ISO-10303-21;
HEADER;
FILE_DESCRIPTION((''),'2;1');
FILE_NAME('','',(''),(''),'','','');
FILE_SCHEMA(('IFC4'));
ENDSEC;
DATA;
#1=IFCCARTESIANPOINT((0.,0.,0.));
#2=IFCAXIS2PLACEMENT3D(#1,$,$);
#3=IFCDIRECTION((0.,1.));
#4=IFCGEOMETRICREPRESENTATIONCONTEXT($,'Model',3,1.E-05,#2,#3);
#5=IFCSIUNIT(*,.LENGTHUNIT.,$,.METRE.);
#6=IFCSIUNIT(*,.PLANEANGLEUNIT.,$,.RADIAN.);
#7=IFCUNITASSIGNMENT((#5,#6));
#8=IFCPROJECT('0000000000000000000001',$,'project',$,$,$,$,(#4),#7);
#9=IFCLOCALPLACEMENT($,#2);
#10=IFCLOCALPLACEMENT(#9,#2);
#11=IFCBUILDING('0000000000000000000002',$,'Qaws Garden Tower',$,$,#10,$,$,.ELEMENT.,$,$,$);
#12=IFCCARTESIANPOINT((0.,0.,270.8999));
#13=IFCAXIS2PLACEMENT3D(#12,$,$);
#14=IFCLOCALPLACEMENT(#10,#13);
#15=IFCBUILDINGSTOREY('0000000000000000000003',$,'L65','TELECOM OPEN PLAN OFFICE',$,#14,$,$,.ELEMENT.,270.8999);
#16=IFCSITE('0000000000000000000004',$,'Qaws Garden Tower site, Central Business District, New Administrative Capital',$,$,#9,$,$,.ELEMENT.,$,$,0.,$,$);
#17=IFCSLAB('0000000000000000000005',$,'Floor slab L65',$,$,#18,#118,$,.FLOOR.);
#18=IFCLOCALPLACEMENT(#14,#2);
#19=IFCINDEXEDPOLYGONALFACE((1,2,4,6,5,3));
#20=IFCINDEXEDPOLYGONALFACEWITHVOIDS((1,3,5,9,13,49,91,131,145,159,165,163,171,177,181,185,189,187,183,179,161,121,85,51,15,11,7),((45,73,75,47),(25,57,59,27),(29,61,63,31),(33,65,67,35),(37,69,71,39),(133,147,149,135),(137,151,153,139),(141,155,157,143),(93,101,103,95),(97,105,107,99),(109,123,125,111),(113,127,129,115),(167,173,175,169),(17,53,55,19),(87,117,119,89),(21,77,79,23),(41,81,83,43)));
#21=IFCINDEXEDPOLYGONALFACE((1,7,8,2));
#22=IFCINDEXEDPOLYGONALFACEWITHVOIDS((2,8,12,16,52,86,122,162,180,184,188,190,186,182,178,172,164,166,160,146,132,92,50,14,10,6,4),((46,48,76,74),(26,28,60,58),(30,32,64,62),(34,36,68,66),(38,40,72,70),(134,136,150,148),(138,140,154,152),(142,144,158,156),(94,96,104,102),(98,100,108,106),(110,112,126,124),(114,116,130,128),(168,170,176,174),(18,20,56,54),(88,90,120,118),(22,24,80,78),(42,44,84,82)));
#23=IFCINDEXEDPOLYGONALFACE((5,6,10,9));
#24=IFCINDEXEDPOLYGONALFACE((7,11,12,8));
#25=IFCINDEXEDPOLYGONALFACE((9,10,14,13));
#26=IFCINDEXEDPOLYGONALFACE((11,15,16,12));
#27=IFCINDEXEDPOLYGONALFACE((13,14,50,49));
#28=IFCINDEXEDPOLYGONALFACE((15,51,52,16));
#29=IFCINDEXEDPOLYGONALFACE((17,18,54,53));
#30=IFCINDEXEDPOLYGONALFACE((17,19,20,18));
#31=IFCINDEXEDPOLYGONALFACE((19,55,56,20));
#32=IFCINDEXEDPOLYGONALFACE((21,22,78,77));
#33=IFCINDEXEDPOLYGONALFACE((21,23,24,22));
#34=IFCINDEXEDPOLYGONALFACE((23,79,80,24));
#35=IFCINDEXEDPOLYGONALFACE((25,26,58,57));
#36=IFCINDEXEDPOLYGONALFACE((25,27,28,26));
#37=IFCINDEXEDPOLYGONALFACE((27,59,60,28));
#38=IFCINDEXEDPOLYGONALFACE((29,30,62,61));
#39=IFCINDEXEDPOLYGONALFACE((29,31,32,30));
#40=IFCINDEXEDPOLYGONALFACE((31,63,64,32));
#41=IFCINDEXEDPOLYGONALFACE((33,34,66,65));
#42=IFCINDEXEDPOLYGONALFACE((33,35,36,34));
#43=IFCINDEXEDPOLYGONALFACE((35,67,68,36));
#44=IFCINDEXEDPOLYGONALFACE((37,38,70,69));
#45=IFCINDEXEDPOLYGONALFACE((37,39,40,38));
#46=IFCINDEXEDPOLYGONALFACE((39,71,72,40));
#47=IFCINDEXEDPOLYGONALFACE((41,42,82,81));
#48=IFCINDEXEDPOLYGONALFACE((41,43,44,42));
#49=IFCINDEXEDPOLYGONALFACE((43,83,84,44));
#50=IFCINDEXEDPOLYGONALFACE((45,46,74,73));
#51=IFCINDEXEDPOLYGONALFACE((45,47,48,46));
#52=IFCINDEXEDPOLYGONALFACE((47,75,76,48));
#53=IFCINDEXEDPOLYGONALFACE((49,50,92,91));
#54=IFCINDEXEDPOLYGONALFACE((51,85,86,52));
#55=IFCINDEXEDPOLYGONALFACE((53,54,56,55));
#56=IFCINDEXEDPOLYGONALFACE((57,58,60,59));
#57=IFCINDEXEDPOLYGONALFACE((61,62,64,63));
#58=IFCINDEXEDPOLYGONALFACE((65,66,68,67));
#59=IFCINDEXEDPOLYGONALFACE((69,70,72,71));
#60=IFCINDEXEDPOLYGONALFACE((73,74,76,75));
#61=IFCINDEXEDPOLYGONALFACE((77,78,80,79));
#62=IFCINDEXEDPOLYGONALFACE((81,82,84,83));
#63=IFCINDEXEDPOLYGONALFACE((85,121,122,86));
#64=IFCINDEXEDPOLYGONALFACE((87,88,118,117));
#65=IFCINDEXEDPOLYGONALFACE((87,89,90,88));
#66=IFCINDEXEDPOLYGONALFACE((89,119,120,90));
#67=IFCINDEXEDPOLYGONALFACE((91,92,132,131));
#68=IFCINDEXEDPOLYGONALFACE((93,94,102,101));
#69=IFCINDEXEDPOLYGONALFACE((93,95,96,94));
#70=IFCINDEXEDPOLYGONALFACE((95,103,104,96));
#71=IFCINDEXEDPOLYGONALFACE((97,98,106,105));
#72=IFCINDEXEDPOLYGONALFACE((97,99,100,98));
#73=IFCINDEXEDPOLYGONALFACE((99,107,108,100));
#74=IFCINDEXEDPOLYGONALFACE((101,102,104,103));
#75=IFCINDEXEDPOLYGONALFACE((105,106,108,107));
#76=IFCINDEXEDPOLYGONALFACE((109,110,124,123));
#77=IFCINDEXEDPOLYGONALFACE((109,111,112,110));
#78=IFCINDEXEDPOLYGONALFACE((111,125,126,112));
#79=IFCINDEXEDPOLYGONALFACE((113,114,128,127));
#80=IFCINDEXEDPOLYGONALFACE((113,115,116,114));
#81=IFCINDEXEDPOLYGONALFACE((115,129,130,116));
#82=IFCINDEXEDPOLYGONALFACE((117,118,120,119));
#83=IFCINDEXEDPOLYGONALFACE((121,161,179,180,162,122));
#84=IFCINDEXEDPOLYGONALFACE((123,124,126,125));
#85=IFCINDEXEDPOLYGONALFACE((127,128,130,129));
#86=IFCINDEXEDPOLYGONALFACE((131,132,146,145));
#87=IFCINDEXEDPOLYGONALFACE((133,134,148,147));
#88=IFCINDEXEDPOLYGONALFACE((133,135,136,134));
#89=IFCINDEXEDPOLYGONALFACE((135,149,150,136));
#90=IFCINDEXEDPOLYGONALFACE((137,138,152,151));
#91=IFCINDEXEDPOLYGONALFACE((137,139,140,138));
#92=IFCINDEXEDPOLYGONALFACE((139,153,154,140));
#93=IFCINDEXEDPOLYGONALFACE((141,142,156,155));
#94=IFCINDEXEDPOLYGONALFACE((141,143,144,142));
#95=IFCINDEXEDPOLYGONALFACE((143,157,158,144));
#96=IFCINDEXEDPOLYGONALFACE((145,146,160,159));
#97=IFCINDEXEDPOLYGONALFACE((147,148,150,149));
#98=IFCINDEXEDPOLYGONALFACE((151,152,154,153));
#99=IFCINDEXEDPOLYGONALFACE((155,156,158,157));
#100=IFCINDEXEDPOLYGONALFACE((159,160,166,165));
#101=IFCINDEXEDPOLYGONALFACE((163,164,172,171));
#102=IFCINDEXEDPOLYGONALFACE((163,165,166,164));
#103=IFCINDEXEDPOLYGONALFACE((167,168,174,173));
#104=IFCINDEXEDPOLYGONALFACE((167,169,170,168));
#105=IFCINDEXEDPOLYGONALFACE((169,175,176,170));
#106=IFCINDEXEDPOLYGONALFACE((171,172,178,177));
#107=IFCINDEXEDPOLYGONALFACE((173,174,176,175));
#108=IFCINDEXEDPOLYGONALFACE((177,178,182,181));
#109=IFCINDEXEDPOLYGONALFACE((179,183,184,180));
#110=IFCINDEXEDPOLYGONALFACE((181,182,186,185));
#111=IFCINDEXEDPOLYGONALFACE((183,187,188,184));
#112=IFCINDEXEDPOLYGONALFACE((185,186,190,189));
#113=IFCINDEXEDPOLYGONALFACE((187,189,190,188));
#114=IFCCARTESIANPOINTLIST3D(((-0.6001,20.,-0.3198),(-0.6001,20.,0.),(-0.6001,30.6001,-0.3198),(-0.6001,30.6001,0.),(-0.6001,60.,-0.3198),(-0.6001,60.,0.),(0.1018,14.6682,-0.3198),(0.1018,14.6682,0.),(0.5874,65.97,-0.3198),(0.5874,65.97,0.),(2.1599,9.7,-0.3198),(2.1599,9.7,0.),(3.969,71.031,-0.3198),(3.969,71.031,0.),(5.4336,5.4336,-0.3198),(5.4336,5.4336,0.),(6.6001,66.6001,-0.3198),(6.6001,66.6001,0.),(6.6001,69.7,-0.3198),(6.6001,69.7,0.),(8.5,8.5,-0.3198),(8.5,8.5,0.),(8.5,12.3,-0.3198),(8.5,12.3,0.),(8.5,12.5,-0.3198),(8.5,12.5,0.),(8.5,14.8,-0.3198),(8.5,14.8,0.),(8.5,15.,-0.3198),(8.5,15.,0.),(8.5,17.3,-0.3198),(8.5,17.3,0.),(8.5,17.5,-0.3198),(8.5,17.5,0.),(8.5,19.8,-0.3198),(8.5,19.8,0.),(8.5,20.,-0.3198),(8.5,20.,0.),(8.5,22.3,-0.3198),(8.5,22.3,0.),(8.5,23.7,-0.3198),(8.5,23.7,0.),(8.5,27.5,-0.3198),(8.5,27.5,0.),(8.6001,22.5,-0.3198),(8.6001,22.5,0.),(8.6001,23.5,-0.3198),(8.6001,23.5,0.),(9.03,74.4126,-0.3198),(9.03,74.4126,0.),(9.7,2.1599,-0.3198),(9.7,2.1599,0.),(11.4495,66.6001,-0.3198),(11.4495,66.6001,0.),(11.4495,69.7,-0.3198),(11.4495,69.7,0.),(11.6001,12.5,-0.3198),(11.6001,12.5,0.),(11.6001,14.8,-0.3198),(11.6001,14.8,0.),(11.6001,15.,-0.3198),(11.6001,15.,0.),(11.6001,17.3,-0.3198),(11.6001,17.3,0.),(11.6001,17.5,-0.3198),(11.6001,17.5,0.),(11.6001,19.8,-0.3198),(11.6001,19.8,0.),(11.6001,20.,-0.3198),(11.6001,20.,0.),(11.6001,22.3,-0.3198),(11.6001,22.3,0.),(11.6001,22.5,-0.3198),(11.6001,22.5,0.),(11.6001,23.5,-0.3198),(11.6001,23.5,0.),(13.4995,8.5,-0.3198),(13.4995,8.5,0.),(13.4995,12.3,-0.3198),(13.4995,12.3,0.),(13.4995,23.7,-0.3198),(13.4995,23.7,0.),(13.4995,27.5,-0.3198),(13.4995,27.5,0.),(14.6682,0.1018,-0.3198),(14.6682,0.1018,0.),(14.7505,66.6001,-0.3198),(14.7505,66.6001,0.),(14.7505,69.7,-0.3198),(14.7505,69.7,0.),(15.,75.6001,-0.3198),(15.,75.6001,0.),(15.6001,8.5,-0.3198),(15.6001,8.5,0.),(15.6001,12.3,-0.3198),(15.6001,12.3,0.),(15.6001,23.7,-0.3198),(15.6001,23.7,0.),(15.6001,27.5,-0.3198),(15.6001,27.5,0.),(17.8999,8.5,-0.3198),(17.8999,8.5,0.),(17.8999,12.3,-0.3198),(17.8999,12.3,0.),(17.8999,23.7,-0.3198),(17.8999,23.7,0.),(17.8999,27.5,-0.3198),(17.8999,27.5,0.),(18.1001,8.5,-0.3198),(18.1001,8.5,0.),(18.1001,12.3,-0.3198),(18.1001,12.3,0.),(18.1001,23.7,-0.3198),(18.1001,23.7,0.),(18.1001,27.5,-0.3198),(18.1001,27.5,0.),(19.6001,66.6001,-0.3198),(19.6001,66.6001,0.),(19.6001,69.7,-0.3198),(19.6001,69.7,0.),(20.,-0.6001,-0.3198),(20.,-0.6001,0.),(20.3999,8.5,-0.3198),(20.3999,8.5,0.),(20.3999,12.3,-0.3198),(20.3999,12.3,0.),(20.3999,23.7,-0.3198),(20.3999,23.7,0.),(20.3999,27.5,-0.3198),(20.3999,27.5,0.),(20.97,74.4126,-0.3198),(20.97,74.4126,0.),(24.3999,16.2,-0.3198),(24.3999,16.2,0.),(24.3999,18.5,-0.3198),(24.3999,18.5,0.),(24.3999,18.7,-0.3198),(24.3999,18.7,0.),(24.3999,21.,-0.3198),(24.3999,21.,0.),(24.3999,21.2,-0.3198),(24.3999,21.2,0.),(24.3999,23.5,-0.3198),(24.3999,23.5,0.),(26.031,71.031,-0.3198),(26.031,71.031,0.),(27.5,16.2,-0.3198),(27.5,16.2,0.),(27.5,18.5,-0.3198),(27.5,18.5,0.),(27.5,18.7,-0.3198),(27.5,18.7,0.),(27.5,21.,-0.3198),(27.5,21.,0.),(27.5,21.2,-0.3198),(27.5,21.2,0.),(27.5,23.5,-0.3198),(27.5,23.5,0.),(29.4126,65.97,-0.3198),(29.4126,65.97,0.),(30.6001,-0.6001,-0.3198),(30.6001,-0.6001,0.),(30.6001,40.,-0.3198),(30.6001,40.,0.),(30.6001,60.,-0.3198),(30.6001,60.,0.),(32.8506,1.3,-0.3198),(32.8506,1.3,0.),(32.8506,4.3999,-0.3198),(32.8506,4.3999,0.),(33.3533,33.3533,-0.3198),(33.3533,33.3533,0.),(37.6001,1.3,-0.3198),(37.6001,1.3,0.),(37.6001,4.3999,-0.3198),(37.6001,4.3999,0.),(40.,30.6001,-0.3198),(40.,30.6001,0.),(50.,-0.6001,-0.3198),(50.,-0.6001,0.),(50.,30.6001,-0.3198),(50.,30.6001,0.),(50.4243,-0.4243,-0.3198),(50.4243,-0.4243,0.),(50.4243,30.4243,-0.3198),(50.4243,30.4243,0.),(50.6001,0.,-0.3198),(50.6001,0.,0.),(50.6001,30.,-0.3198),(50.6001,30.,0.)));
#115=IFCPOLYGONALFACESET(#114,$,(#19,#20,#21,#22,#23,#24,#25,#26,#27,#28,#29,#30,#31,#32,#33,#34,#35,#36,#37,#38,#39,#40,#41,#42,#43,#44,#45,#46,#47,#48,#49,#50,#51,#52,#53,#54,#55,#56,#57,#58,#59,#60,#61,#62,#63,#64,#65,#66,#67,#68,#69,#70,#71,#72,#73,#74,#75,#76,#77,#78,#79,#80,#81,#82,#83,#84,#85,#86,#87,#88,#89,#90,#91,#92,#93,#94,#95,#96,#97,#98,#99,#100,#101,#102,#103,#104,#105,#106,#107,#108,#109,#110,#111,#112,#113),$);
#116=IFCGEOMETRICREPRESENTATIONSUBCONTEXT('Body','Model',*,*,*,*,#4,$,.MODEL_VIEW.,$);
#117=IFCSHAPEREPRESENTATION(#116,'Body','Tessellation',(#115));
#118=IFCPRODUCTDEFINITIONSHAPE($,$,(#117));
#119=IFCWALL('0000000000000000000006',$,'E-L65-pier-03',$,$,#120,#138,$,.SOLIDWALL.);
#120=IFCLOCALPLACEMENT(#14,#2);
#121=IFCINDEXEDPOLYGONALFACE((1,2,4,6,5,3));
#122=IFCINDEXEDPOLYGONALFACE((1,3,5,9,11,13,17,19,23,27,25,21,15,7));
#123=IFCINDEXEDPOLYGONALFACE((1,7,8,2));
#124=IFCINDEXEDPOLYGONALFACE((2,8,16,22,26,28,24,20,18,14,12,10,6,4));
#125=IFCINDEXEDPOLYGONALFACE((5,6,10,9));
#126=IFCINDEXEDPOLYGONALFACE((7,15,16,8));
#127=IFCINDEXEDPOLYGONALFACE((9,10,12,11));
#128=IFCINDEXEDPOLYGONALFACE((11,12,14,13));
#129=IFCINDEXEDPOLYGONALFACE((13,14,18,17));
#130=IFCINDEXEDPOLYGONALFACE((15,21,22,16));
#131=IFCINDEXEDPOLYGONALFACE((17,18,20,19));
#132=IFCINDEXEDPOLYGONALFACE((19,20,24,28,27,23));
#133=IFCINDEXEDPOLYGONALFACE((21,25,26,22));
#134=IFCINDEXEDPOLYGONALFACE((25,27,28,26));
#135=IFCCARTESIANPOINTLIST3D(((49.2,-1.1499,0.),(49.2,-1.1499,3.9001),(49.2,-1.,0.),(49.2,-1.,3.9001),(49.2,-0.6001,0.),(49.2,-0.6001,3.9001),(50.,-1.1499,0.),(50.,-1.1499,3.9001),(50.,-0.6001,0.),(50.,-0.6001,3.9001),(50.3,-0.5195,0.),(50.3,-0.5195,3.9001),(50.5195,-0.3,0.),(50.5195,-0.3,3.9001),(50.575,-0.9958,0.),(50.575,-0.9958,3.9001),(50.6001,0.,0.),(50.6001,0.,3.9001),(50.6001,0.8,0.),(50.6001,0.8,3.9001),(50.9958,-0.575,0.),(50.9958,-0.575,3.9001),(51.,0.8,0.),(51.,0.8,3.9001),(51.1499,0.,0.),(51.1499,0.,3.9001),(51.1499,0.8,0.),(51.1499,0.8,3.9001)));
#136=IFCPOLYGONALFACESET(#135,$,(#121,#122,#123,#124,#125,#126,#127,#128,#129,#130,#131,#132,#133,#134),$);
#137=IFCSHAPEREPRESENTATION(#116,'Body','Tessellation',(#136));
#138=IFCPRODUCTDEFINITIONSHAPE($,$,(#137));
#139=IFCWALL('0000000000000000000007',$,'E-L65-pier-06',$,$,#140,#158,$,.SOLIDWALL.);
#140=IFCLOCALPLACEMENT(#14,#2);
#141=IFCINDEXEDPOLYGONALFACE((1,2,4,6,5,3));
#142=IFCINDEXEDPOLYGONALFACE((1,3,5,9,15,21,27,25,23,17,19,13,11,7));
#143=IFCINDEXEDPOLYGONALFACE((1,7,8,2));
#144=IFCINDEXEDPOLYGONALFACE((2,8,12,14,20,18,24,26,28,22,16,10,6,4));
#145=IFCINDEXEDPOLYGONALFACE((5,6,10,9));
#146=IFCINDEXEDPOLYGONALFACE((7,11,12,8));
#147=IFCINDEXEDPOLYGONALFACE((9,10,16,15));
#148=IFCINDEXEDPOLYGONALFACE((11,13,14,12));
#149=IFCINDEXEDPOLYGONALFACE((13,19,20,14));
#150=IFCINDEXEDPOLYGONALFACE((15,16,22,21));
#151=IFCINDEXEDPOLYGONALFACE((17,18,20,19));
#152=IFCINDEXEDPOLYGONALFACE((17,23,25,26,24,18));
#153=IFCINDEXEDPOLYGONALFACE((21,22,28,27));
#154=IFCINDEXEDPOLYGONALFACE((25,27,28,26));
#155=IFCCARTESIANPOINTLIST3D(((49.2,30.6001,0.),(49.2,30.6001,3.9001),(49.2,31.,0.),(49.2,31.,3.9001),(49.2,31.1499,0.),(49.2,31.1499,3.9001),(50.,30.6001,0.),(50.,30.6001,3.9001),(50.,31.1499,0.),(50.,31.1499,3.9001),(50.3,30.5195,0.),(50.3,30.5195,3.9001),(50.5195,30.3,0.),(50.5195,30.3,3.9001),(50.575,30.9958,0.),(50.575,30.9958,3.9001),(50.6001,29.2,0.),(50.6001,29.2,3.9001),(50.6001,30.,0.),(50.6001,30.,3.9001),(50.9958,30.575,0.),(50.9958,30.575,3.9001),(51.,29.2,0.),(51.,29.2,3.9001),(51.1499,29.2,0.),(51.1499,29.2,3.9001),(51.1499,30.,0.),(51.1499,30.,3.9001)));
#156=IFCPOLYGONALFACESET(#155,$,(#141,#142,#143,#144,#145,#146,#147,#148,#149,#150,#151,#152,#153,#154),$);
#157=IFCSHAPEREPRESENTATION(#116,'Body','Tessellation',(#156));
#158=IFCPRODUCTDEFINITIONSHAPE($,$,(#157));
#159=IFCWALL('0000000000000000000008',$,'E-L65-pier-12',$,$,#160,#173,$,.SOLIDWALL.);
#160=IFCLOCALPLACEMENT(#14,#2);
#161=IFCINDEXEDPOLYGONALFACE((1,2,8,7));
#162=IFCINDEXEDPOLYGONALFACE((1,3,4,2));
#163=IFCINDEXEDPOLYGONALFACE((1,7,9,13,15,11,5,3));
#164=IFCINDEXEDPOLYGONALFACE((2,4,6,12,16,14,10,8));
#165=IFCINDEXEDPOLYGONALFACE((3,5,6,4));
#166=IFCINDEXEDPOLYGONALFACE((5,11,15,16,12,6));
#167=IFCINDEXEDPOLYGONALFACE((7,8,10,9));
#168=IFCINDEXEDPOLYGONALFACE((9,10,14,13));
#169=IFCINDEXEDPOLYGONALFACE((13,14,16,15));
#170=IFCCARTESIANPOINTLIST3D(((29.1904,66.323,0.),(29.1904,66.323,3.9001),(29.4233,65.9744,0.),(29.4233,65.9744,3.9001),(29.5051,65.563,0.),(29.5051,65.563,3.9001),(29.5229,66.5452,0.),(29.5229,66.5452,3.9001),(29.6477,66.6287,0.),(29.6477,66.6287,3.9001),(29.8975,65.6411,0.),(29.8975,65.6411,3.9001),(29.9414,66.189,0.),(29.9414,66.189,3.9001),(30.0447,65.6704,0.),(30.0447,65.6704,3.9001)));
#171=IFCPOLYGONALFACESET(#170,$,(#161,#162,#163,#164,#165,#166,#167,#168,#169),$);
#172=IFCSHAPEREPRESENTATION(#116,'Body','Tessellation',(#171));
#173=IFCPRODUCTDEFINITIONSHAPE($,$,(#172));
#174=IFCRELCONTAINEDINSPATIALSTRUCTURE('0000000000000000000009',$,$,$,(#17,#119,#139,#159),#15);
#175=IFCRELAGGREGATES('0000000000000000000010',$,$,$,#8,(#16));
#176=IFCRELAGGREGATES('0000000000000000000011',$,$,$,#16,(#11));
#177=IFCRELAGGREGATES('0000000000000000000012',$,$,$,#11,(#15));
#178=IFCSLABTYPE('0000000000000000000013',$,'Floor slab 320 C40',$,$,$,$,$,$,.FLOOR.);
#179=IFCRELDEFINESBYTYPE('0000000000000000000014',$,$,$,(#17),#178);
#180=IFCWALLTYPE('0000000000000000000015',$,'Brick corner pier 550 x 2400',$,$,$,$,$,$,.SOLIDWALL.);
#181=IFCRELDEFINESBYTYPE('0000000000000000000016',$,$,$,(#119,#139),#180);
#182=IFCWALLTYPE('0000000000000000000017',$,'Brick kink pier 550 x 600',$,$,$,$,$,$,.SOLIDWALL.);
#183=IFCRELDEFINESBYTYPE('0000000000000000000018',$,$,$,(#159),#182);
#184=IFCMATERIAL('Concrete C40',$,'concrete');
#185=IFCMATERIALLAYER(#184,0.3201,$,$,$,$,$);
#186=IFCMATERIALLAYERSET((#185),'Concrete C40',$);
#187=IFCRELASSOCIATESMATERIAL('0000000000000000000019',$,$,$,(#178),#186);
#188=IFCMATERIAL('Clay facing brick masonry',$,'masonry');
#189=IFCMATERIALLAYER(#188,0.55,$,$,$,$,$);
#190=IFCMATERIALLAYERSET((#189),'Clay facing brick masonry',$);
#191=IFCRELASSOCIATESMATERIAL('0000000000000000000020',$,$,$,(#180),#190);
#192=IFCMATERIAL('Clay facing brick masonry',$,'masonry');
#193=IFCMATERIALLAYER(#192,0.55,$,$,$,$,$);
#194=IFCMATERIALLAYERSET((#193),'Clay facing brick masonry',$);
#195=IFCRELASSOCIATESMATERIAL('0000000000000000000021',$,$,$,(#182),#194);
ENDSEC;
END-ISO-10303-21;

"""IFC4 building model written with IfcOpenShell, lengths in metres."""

from ifc_helpers import new_model, si_unit, direction, frame, origin, place, context, subcontext, project, spatial, polyline, outline, extrude, material, layer, layer_set, type_object, element, save


model = new_model("IFC4")

# Units and contexts
model_context = context("Model", 3, precision=1e-05, world=origin(), true_north=direction((0.0, 1.0)))
body_context = subcontext(model_context, "Body", "Model", "MODEL_VIEW")
ifc_project = project(units=[si_unit("LENGTHUNIT", "METRE"), si_unit("PLANEANGLEUNIT", "RADIAN")], contexts=[model_context])

# Site, building, storey
site_placement = place(None, origin())
site = spatial("IfcSite", under=ifc_project, at=site_placement, Name="Qaws Garden Tower site, Central Business District, New Administrative Capital", CompositionType="ELEMENT", RefElevation=0.0)
building_placement = place(site_placement, origin())
building = spatial("IfcBuilding", under=site, at=building_placement, Name="Qaws Garden Tower", CompositionType="ELEMENT")
storey_placement = place(building_placement, frame((0.0, 0.0, 270.8999)))
storey = spatial("IfcBuildingStorey", under=building, at=storey_placement, Name="L65", Description="TELECOM OPEN PLAN OFFICE", CompositionType="ELEMENT", Elevation=270.8999)

# Slab
ifc_material_1 = material(Name="Concrete C40", Category="concrete")
ifc_layer_1 = layer(ifc_material_1, 0.3201)
ifc_layer_set_1 = layer_set([ifc_layer_1], Name="Concrete C40")
slab_type = type_object("IfcSlabType", Name="Floor slab 320 C40", PredefinedType="FLOOR", material=ifc_layer_set_1)
slab_placement = place(storey_placement, frame((0.0, 0.0, -0.3198)))
element("IfcSlab", 1, at=slab_placement, inside=storey, type_object=slab_type, Name="Floor slab L65", PredefinedType="FLOOR", context=body_context, shape_type="SweptSolid", body=[
    extrude(outline(polyline([(0.1018, 14.6682), (-0.6001, 20.0), (-0.6001, 30.6001), (-0.6001, 60.0), (-0.6001, 60.0), (0.5874, 65.97), (3.969, 71.031), (9.03, 74.4126), (15.0, 75.6001), (20.97, 74.4126), (26.031, 71.031), (29.4126, 65.97), (30.6001, 60.0), (30.6001, 40.0), (33.3533, 33.3533), (40.0, 30.6001), (50.0, 30.6001), (50.4243, 30.4243), (50.6001, 30.0), (50.6001, 0.0), (50.4243, -0.4243), (50.0, -0.6001), (30.6001, -0.6001), (20.0, -0.6001), (14.6682, 0.1018), (9.7, 2.1599), (5.4336, 5.4336), (2.1599, 9.7), (0.1018, 14.6682)]), holes=[polyline([(13.4995, 12.3), (8.5, 12.3), (8.5, 8.5), (13.4995, 8.5), (13.4995, 12.3)]), polyline([(17.8999, 12.3), (15.6001, 12.3), (15.6001, 8.5), (17.8999, 8.5), (17.8999, 12.3)]), polyline([(11.6001, 14.8), (8.5, 14.8), (8.5, 12.5), (11.6001, 12.5), (11.6001, 14.8)]), polyline([(11.6001, 17.3), (8.5, 17.3), (8.5, 15.0), (11.6001, 15.0), (11.6001, 17.3)]), polyline([(11.6001, 19.8), (8.5, 19.8), (8.5, 17.5), (11.6001, 17.5), (11.6001, 19.8)]), polyline([(11.6001, 22.3), (8.5, 22.3), (8.5, 20.0), (11.6001, 20.0), (11.6001, 22.3)]), polyline([(11.6001, 23.5), (8.6001, 23.5), (8.6001, 22.5), (11.6001, 22.5), (11.6001, 23.5)]), polyline([(13.4995, 27.5), (8.5, 27.5), (8.5, 23.7), (13.4995, 23.7), (13.4995, 27.5)]), polyline([(11.4495, 69.7), (6.6001, 69.7), (6.6001, 66.6001), (11.4495, 66.6001), (11.4495, 69.7)]), polyline([(37.6001, 4.3999), (32.8506, 4.3999), (32.8506, 1.3), (37.6001, 1.3), (37.6001, 4.3999)]), polyline([(20.3999, 12.3), (18.1001, 12.3), (18.1001, 8.5), (20.3999, 8.5), (20.3999, 12.3)]), polyline([(27.5, 18.5), (24.3999, 18.5), (24.3999, 16.2), (27.5, 16.2), (27.5, 18.5)]), polyline([(27.5, 21.0), (24.3999, 21.0), (24.3999, 18.7), (27.5, 18.7), (27.5, 21.0)]), polyline([(27.5, 23.5), (24.3999, 23.5), (24.3999, 21.2), (27.5, 21.2), (27.5, 23.5)]), polyline([(17.8999, 27.5), (15.6001, 27.5), (15.6001, 23.7), (17.8999, 23.7), (17.8999, 27.5)]), polyline([(20.3999, 23.7), (20.3999, 27.5), (18.1001, 27.5), (18.1001, 23.7), (20.3999, 23.7)]), polyline([(19.6001, 66.6001), (19.6001, 69.7), (14.7505, 69.7), (14.7505, 66.6001), (19.6001, 66.6001)])]), origin(), (0.0, 0.0, 1.0), 0.3198),
])

# Walls
ifc_material_2 = material(Name="Clay facing brick masonry", Category="masonry")
ifc_layer_2 = layer(ifc_material_2, 0.55)
ifc_layer_set_2 = layer_set([ifc_layer_2], Name="Clay facing brick masonry")
wall_type_1 = type_object("IfcWallType", Name="Brick corner pier 550 x 2400", PredefinedType="SOLIDWALL", material=ifc_layer_set_2)
placement = place(storey_placement, origin())
element("IfcWall", 2, at=placement, inside=storey, type_object=wall_type_1, Name="E-L65-pier-03", PredefinedType="SOLIDWALL", context=body_context, shape_type="SweptSolid", body=[
    extrude(outline(polyline([(49.2, -1.0), (49.2, -1.1499), (50.0, -1.1499), (50.575, -0.9958), (50.9958, -0.575), (51.1499, 0.0), (51.1499, 0.8), (51.0, 0.8), (50.6001, 0.8), (50.6001, 0.0), (50.5195, -0.3), (50.3, -0.5195), (50.0, -0.6001), (49.2, -0.6001), (49.2, -1.0)])), origin(), (0.0, 0.0, 1.0), 3.9001),
])
element("IfcWall", 3, at=placement, inside=storey, type_object=wall_type_1, Name="E-L65-pier-06", PredefinedType="SOLIDWALL", context=body_context, shape_type="SweptSolid", body=[
    extrude(outline(polyline([(51.0, 29.2), (51.1499, 29.2), (51.1499, 30.0), (50.9958, 30.575), (50.575, 30.9958), (50.0, 31.1499), (49.2, 31.1499), (49.2, 31.0), (49.2, 30.6001), (50.0, 30.6001), (50.3, 30.5195), (50.5195, 30.3), (50.6001, 30.0), (50.6001, 29.2), (51.0, 29.2)])), origin(), (0.0, 0.0, 1.0), 3.9001),
])
ifc_material_3 = material(Name="Clay facing brick masonry", Category="masonry")
ifc_layer_3 = layer(ifc_material_3, 0.55)
ifc_layer_set_3 = layer_set([ifc_layer_3], Name="Clay facing brick masonry")
wall_type_2 = type_object("IfcWallType", Name="Brick kink pier 550 x 600", PredefinedType="SOLIDWALL", material=ifc_layer_set_3)
element("IfcWall", 4, at=placement, inside=storey, type_object=wall_type_2, Name="E-L65-pier-12", PredefinedType="SOLIDWALL", context=body_context, shape_type="SweptSolid", body=[
    extrude(outline(polyline([(29.8975, 65.6411), (30.0447, 65.6704), (29.9414, 66.189), (29.6477, 66.6287), (29.5229, 66.5452), (29.1904, 66.323), (29.4233, 65.9744), (29.5051, 65.563), (29.8975, 65.6411)])), origin(), (0.0, 0.0, 1.0), 3.9001),
])

save(model, "model.ifc")
